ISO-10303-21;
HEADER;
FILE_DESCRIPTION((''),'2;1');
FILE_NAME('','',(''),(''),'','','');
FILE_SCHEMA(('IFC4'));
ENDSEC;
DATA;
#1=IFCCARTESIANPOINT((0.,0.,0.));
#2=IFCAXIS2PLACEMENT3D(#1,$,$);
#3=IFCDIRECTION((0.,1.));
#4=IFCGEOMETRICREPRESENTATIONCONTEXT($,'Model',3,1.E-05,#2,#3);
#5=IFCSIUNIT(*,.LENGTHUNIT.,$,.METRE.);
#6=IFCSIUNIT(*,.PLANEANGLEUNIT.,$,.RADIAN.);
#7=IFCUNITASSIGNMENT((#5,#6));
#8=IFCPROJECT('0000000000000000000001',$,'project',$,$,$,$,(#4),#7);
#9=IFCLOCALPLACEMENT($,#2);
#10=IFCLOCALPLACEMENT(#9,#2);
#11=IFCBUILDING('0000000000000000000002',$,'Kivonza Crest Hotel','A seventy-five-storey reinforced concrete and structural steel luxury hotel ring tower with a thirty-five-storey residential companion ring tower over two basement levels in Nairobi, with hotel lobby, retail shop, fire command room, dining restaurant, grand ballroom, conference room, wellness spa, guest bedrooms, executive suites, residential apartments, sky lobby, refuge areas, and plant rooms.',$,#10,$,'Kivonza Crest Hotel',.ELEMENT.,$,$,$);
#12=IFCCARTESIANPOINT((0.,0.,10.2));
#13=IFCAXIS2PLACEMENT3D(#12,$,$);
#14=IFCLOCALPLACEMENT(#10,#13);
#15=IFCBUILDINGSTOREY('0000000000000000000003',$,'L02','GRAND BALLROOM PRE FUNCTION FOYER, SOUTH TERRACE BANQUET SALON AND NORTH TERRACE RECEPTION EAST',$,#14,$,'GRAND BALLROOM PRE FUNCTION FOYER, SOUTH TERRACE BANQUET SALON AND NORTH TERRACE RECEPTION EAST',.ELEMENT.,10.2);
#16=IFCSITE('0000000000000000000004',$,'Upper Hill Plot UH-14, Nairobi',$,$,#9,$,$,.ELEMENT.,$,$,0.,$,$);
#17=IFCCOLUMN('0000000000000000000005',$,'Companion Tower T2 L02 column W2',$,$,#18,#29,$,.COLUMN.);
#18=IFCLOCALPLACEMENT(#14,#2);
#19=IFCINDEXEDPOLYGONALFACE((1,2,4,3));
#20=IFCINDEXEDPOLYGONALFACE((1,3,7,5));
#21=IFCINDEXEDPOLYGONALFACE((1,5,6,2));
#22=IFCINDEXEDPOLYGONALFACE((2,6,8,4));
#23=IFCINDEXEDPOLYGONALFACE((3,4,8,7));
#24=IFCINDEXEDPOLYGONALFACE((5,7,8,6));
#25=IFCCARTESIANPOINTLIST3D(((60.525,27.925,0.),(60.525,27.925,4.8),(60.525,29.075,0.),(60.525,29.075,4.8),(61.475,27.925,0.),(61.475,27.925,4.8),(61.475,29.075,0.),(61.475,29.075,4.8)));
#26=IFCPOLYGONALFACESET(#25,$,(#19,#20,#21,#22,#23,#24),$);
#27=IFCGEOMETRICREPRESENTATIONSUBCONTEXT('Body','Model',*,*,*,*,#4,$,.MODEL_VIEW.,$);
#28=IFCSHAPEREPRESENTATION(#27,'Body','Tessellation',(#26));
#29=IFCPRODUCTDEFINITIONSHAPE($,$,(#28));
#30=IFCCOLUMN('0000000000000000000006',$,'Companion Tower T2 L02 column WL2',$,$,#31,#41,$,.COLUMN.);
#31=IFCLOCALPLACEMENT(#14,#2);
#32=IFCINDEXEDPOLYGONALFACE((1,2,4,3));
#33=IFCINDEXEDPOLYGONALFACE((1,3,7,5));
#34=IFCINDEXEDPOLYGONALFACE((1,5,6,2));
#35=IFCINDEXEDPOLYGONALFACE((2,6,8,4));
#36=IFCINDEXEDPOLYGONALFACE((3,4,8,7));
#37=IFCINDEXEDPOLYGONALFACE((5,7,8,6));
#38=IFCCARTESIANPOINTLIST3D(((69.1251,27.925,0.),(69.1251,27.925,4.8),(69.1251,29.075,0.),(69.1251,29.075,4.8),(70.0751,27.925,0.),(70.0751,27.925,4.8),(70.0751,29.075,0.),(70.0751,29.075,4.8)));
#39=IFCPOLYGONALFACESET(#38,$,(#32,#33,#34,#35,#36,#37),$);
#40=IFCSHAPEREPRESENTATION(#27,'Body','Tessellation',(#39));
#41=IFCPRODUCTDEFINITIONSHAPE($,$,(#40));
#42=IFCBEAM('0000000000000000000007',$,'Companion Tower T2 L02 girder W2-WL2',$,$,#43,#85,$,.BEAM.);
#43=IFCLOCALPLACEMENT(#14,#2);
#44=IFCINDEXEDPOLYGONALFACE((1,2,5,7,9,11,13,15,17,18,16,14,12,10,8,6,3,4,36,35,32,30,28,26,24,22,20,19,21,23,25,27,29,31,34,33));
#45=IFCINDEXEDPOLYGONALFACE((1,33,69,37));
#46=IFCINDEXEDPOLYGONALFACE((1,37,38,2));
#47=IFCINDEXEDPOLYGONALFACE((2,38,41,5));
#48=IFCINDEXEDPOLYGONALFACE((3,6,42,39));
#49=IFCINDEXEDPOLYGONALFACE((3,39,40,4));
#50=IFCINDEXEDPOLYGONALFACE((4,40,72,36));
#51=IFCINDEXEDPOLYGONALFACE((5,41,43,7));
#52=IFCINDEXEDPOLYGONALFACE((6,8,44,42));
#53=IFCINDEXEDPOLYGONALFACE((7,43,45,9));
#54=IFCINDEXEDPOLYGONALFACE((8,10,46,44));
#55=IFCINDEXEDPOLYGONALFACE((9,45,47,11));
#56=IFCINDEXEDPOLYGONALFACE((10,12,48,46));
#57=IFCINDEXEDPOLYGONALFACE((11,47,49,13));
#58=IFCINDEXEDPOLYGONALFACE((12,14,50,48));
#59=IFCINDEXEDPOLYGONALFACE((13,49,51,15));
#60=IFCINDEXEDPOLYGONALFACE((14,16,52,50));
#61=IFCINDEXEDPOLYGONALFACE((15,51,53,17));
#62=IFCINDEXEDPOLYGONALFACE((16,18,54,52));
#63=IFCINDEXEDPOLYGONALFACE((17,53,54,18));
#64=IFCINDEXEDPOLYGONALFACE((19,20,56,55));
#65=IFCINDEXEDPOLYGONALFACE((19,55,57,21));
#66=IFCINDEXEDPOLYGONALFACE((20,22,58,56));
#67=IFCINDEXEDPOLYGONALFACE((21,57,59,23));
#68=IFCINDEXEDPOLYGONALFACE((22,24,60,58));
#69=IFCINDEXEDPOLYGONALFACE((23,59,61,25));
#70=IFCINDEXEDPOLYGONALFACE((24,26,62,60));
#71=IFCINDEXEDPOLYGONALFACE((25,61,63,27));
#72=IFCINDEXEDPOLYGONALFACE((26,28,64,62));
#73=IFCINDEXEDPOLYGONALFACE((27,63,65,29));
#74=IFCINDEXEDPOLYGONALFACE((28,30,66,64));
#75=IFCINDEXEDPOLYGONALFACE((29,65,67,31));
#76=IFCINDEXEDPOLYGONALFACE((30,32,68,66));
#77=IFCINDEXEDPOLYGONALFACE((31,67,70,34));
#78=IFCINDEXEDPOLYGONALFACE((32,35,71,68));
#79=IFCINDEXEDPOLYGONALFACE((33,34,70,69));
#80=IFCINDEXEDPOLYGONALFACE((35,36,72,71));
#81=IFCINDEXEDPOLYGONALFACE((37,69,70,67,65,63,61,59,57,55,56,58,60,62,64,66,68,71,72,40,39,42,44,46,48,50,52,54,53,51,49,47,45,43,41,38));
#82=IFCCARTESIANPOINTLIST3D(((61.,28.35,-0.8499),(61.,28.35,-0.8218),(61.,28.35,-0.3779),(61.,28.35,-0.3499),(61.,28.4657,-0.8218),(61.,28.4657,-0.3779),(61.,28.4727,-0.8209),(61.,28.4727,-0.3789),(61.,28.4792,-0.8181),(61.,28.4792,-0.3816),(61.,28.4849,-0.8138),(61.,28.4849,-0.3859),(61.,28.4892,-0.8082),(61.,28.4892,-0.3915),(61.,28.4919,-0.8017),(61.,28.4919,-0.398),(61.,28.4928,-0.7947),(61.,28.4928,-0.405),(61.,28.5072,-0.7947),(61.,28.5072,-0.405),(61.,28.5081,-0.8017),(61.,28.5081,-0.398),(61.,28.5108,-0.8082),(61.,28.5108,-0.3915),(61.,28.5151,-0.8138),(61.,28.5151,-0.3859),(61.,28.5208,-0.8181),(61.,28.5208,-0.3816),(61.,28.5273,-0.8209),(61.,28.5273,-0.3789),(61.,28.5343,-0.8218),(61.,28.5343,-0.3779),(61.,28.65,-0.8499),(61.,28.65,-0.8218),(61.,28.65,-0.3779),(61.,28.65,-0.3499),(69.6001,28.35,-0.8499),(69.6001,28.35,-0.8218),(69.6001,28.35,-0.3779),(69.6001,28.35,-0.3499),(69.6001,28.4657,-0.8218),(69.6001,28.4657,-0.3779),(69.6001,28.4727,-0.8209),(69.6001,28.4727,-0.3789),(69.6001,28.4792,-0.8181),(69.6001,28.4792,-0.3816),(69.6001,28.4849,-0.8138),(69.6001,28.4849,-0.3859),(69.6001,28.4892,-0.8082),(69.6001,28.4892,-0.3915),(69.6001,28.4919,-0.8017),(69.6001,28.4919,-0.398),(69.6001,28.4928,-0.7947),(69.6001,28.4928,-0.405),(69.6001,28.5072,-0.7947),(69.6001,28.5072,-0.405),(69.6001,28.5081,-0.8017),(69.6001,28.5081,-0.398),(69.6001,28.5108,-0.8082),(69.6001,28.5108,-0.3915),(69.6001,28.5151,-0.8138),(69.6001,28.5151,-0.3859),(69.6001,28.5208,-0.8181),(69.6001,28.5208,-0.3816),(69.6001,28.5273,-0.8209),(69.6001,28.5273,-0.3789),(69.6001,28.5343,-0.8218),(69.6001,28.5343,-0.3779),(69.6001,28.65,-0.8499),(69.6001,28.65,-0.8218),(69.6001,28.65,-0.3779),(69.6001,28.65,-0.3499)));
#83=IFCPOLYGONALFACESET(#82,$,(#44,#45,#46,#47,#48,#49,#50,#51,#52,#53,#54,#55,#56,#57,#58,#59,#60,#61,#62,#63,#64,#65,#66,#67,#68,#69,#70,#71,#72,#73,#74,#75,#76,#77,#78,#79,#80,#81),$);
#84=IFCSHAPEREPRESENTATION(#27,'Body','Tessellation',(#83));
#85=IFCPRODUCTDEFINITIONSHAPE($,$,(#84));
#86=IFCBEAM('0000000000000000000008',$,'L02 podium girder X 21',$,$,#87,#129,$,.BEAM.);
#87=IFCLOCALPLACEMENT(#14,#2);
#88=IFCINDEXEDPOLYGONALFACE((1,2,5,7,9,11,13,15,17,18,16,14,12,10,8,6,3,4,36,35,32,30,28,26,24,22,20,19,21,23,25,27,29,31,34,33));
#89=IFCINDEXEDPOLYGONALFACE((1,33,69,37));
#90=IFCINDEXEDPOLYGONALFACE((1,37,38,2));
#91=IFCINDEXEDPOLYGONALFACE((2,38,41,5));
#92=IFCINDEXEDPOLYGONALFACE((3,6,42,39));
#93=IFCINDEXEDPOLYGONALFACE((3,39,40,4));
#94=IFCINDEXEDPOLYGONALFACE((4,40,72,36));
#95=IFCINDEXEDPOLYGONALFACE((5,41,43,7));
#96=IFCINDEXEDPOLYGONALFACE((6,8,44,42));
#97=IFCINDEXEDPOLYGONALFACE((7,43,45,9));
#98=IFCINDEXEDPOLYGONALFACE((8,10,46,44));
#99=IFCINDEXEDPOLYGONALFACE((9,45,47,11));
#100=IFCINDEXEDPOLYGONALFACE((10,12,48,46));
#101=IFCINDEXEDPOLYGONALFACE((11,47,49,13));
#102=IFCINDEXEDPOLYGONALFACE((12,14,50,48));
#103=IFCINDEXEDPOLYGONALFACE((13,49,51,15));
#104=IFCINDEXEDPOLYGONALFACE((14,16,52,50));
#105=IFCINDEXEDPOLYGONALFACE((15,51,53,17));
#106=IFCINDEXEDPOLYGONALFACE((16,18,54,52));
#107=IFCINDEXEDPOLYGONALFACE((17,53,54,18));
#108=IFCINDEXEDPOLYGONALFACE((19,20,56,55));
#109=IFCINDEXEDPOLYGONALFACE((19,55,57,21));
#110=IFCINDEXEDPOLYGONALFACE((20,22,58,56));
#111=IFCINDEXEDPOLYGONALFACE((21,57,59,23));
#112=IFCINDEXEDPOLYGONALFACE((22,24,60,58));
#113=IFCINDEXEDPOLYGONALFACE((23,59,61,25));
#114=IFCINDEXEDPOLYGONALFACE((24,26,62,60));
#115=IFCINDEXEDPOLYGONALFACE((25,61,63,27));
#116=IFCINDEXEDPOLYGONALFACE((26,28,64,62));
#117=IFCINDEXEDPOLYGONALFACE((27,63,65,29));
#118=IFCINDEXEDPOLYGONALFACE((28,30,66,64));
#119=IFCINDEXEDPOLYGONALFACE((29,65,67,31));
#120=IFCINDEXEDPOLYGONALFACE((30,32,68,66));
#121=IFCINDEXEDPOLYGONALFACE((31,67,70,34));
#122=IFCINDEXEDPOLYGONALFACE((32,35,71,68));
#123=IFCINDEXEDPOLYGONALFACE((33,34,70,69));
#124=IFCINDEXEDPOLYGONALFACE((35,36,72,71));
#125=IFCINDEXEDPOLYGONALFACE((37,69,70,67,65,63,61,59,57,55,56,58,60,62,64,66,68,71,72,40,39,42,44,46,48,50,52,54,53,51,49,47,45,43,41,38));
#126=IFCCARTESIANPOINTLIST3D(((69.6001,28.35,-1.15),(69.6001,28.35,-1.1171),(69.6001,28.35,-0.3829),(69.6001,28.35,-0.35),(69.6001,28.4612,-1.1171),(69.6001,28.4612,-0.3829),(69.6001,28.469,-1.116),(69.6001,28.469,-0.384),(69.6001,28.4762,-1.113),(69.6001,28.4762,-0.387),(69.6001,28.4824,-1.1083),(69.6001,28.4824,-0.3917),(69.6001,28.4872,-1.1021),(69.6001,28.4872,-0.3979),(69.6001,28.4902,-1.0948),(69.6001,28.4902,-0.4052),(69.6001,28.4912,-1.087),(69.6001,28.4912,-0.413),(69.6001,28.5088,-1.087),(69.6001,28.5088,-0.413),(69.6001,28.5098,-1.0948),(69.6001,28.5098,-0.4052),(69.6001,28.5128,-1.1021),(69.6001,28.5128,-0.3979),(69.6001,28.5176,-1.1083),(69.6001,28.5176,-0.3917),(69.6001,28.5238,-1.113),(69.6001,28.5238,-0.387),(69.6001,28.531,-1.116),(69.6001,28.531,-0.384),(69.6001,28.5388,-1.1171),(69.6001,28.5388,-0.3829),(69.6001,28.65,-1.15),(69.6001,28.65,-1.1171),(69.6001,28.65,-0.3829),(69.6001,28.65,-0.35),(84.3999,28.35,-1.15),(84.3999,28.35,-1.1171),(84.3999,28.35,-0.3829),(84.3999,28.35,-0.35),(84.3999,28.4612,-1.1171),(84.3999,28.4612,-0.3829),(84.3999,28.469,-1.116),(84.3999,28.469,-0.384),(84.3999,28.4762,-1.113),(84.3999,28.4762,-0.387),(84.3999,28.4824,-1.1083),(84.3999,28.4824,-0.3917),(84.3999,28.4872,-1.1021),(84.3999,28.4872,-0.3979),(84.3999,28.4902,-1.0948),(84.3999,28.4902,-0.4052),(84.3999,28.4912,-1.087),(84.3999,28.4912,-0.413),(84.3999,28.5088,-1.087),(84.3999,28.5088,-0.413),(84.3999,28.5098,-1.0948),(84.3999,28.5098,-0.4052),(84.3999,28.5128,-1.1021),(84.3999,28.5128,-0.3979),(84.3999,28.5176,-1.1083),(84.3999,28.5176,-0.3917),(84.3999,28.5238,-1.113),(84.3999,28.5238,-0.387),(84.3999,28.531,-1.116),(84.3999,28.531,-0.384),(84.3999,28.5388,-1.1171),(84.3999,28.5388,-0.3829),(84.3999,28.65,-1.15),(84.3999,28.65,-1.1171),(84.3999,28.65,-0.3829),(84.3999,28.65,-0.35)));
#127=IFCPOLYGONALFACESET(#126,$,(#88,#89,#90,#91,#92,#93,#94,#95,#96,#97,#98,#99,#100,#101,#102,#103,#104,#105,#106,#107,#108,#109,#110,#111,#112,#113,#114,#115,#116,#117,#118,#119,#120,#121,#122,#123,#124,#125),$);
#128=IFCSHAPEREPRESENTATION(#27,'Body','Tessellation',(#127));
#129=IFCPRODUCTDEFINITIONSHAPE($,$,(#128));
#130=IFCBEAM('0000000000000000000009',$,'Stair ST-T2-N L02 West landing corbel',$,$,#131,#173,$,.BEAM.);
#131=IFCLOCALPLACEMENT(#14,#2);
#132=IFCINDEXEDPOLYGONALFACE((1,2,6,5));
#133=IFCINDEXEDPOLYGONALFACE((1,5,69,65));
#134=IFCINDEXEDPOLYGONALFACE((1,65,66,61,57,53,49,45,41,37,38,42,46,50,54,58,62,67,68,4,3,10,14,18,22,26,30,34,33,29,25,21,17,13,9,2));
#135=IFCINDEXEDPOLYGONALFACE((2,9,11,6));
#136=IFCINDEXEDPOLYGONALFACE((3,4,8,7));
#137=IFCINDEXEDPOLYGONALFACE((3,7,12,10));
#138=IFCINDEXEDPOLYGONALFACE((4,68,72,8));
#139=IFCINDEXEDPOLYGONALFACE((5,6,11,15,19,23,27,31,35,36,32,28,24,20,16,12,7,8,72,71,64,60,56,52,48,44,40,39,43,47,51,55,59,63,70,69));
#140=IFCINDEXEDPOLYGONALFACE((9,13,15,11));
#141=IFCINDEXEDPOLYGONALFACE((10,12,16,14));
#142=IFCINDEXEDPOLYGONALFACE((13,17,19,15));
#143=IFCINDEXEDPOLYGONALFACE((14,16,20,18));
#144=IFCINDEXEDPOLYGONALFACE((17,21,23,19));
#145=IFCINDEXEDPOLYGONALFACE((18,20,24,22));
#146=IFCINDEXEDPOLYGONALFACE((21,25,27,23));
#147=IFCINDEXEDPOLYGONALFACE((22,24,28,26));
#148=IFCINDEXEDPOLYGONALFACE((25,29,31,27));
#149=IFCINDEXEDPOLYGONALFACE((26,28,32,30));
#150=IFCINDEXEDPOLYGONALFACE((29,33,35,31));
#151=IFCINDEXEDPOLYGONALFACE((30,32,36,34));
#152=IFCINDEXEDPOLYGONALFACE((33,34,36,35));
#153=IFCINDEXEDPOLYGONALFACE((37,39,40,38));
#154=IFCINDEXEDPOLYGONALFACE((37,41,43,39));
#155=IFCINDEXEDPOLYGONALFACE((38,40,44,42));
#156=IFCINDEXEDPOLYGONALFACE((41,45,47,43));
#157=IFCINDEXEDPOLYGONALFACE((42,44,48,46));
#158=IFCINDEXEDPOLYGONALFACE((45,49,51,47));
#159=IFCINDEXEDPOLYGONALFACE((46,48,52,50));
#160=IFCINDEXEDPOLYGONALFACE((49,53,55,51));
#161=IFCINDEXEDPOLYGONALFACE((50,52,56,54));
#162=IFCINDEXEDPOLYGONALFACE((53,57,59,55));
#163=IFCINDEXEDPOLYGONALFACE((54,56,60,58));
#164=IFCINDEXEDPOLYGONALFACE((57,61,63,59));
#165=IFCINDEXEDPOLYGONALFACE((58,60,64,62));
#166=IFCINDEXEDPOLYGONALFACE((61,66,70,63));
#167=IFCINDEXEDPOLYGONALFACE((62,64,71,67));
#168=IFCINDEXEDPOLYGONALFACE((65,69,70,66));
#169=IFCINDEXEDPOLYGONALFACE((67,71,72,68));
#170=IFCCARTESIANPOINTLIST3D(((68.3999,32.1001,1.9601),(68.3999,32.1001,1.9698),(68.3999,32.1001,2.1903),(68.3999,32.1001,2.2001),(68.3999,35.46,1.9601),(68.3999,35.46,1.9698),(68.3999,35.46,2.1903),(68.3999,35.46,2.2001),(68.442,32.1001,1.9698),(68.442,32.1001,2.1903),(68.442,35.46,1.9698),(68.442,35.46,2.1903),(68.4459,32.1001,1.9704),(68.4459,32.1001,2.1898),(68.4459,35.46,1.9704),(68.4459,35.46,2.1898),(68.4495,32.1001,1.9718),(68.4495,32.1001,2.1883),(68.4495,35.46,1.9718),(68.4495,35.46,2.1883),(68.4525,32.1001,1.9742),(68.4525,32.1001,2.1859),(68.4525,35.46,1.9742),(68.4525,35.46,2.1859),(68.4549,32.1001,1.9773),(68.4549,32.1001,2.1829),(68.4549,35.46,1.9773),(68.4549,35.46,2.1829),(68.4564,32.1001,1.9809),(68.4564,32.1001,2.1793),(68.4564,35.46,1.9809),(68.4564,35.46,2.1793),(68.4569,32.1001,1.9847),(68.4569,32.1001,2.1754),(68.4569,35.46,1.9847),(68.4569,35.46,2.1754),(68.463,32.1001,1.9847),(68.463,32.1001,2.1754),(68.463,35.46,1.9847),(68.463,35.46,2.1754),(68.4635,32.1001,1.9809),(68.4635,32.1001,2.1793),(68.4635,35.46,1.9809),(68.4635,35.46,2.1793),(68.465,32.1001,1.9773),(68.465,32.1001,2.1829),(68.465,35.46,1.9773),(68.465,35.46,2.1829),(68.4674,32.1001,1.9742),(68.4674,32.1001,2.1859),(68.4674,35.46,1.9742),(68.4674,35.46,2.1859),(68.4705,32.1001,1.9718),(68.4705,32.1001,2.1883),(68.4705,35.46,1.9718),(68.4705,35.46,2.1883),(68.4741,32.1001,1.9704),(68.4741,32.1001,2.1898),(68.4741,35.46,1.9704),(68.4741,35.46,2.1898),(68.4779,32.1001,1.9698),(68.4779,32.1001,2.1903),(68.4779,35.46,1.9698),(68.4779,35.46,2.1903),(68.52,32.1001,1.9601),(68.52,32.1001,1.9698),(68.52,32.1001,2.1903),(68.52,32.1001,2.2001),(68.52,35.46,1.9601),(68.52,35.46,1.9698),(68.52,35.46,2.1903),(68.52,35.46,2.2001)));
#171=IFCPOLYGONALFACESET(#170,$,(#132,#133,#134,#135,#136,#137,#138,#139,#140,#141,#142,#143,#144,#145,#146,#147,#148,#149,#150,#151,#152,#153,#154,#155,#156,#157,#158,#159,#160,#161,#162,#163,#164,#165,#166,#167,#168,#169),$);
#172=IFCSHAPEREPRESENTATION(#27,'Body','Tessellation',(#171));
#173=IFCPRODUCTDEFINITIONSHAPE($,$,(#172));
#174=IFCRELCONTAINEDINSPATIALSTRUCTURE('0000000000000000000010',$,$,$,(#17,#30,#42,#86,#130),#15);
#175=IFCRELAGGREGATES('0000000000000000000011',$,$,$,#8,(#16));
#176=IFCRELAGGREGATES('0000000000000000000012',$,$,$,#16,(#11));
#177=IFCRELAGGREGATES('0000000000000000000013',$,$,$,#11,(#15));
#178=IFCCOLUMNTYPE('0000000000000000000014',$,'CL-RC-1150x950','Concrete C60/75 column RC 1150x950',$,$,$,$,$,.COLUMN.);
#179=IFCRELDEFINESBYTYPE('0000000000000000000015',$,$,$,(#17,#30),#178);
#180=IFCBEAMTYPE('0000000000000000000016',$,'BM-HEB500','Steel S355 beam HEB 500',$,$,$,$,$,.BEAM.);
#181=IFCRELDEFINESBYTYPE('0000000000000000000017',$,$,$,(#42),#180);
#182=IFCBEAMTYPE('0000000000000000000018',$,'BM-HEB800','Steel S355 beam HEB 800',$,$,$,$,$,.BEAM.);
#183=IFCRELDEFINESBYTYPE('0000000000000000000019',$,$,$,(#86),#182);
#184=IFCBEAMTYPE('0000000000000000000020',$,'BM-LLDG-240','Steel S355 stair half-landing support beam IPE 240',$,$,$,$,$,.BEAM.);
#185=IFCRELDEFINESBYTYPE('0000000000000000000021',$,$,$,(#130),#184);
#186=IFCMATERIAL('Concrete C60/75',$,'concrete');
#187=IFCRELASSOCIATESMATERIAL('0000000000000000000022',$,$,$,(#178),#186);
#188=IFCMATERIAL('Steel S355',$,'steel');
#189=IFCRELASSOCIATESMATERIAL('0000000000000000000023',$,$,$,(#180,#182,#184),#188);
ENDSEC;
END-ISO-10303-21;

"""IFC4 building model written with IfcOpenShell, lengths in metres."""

from ifc_helpers import new_model, si_unit, direction, frame, origin, origin_2d, place, context, subcontext, project, spatial, rectangle, i_section, extrude, material, material_profile, profile_set, type_object, element, save


model = new_model("IFC4")

# Units and contexts
model_context = context("Model", 3, precision=1e-05, world=origin(), true_north=direction((0.0, 1.0)))
body_context = subcontext(model_context, "Body", "Model", "MODEL_VIEW")
ifc_project = project(units=[si_unit("LENGTHUNIT", "METRE"), si_unit("PLANEANGLEUNIT", "RADIAN")], contexts=[model_context])

# Site, building, storey
site_placement = place(None, origin())
site = spatial("IfcSite", under=ifc_project, at=site_placement, Name="Upper Hill Plot UH-14, Nairobi", CompositionType="ELEMENT", RefElevation=0.0)
building_placement = place(site_placement, origin())
building = spatial("IfcBuilding", under=site, at=building_placement, Name="Kivonza Crest Hotel", Description="A seventy-five-storey reinforced concrete and structural steel luxury hotel ring tower with a thirty-five-storey residential companion ring tower over two basement levels in Nairobi, with hotel lobby, retail shop, fire command room, dining restaurant, grand ballroom, conference room, wellness spa, guest bedrooms, executive suites, residential apartments, sky lobby, refuge areas, and plant rooms.", LongName="Kivonza Crest Hotel", CompositionType="ELEMENT")
storey_placement = place(building_placement, frame((0.0, 0.0, 10.2)))
storey = spatial("IfcBuildingStorey", under=building, at=storey_placement, Name="L02", Description="GRAND BALLROOM PRE FUNCTION FOYER, SOUTH TERRACE BANQUET SALON AND NORTH TERRACE RECEPTION EAST", LongName="GRAND BALLROOM PRE FUNCTION FOYER, SOUTH TERRACE BANQUET SALON AND NORTH TERRACE RECEPTION EAST", CompositionType="ELEMENT", Elevation=10.2)

# Columns
ifc_material_1 = material(Name="Concrete C60/75", Category="concrete")
ifc_material_profile_1 = material_profile(ifc_material_1, rectangle(XDim=0.95, YDim=1.1499, at=origin_2d()), Name="RC 1150x950")
ifc_profile_set_1 = profile_set([ifc_material_profile_1], Name="Concrete C60/75")
column_type = type_object("IfcColumnType", Name="CL-RC-1150x950", Description="Concrete C60/75 column RC 1150x950", PredefinedType="COLUMN", material=ifc_profile_set_1)
for number, where, z_axis, x_axis, name in (
    (1, (61.0, 28.5, 0.0), (0.0, 0.0, 1.0), (1.0, 0.0, 0.0), "Companion Tower T2 L02 column W2"),
    (2, (69.6001, 28.5, 0.0), (0.0, 0.0, 1.0), (1.0, 0.0, 0.0), "Companion Tower T2 L02 column WL2"),
):
    element("IfcColumn", number, at=place(storey_placement, frame(where, z_axis=z_axis, x_axis=x_axis)), inside=storey, type_object=column_type, Name=name, PredefinedType="COLUMN", context=body_context, shape_type="SweptSolid", body=[
        extrude(rectangle(XDim=0.95, YDim=1.1499, at=origin_2d()), origin(), (0.0, 0.0, 1.0), 4.8),
    ])

# Beams
ifc_material_2 = material(Name="Steel S355", Category="steel")
ifc_material_profile_2 = material_profile(ifc_material_2, i_section(OverallWidth=0.3, OverallDepth=0.5, WebThickness=0.0144, FlangeThickness=0.0281, FilletRadius=0.0271, at=origin_2d()), Name="HEB 500")
ifc_profile_set_2 = profile_set([ifc_material_profile_2], Name="Steel S355")
beam_type_1 = type_object("IfcBeamType", Name="BM-HEB500", Description="Steel S355 beam HEB 500", PredefinedType="BEAM", material=ifc_profile_set_2)
beam_1_placement = place(storey_placement, frame((61.0, 28.5, -0.5999), z_axis=(1.0, 0.0, 0.0), x_axis=(0.0, 1.0, 0.0)))
element("IfcBeam", 3, at=beam_1_placement, inside=storey, type_object=beam_type_1, Name="Companion Tower T2 L02 girder W2-WL2", PredefinedType="BEAM", context=body_context, shape_type="SweptSolid", body=[
    extrude(i_section(OverallWidth=0.3, OverallDepth=0.5, WebThickness=0.0144, FlangeThickness=0.0281, FilletRadius=0.0271, at=origin_2d()), origin(), (0.0, 0.0, 1.0), 8.6001),
])
ifc_material_profile_3 = material_profile(ifc_material_2, i_section(OverallWidth=0.3, OverallDepth=0.8, WebThickness=0.0176, FlangeThickness=0.033, FilletRadius=0.03, at=origin_2d()), Name="HEB 800")
ifc_profile_set_3 = profile_set([ifc_material_profile_3], Name="Steel S355")
beam_type_2 = type_object("IfcBeamType", Name="BM-HEB800", Description="Steel S355 beam HEB 800", PredefinedType="BEAM", material=ifc_profile_set_3)
beam_2_placement = place(storey_placement, frame((69.6001, 28.5, -0.75), z_axis=(1.0, 0.0, 0.0), x_axis=(0.0, 1.0, 0.0)))
element("IfcBeam", 4, at=beam_2_placement, inside=storey, type_object=beam_type_2, Name="L02 podium girder X 21", PredefinedType="BEAM", context=body_context, shape_type="SweptSolid", body=[
    extrude(i_section(OverallWidth=0.3, OverallDepth=0.8, WebThickness=0.0176, FlangeThickness=0.033, FilletRadius=0.03, at=origin_2d()), origin(), (0.0, 0.0, 1.0), 14.7998),
])
ifc_material_profile_4 = material_profile(ifc_material_2, i_section(OverallWidth=0.1201, OverallDepth=0.24, WebThickness=0.0061, FlangeThickness=0.0098, FilletRadius=0.0149, at=origin_2d()), Name="IPE 240")
ifc_profile_set_4 = profile_set([ifc_material_profile_4], Name="Steel S355")
beam_type_3 = type_object("IfcBeamType", Name="BM-LLDG-240", Description="Steel S355 stair half-landing support beam IPE 240", PredefinedType="BEAM", material=ifc_profile_set_4)
beam_3_placement = place(storey_placement, frame((68.46, 32.1001, 2.0801), z_axis=(0.0, 1.0, 0.0), x_axis=(-1.0, 0.0, 0.0)))
element("IfcBeam", 5, at=beam_3_placement, inside=storey, type_object=beam_type_3, Name="Stair ST-T2-N L02 West landing corbel", PredefinedType="BEAM", context=body_context, shape_type="SweptSolid", body=[
    extrude(i_section(OverallWidth=0.1201, OverallDepth=0.24, WebThickness=0.0061, FlangeThickness=0.0098, FilletRadius=0.0149, at=origin_2d()), origin(), (0.0, 0.0, 1.0), 3.3599),
])

save(model, "model.ifc")
